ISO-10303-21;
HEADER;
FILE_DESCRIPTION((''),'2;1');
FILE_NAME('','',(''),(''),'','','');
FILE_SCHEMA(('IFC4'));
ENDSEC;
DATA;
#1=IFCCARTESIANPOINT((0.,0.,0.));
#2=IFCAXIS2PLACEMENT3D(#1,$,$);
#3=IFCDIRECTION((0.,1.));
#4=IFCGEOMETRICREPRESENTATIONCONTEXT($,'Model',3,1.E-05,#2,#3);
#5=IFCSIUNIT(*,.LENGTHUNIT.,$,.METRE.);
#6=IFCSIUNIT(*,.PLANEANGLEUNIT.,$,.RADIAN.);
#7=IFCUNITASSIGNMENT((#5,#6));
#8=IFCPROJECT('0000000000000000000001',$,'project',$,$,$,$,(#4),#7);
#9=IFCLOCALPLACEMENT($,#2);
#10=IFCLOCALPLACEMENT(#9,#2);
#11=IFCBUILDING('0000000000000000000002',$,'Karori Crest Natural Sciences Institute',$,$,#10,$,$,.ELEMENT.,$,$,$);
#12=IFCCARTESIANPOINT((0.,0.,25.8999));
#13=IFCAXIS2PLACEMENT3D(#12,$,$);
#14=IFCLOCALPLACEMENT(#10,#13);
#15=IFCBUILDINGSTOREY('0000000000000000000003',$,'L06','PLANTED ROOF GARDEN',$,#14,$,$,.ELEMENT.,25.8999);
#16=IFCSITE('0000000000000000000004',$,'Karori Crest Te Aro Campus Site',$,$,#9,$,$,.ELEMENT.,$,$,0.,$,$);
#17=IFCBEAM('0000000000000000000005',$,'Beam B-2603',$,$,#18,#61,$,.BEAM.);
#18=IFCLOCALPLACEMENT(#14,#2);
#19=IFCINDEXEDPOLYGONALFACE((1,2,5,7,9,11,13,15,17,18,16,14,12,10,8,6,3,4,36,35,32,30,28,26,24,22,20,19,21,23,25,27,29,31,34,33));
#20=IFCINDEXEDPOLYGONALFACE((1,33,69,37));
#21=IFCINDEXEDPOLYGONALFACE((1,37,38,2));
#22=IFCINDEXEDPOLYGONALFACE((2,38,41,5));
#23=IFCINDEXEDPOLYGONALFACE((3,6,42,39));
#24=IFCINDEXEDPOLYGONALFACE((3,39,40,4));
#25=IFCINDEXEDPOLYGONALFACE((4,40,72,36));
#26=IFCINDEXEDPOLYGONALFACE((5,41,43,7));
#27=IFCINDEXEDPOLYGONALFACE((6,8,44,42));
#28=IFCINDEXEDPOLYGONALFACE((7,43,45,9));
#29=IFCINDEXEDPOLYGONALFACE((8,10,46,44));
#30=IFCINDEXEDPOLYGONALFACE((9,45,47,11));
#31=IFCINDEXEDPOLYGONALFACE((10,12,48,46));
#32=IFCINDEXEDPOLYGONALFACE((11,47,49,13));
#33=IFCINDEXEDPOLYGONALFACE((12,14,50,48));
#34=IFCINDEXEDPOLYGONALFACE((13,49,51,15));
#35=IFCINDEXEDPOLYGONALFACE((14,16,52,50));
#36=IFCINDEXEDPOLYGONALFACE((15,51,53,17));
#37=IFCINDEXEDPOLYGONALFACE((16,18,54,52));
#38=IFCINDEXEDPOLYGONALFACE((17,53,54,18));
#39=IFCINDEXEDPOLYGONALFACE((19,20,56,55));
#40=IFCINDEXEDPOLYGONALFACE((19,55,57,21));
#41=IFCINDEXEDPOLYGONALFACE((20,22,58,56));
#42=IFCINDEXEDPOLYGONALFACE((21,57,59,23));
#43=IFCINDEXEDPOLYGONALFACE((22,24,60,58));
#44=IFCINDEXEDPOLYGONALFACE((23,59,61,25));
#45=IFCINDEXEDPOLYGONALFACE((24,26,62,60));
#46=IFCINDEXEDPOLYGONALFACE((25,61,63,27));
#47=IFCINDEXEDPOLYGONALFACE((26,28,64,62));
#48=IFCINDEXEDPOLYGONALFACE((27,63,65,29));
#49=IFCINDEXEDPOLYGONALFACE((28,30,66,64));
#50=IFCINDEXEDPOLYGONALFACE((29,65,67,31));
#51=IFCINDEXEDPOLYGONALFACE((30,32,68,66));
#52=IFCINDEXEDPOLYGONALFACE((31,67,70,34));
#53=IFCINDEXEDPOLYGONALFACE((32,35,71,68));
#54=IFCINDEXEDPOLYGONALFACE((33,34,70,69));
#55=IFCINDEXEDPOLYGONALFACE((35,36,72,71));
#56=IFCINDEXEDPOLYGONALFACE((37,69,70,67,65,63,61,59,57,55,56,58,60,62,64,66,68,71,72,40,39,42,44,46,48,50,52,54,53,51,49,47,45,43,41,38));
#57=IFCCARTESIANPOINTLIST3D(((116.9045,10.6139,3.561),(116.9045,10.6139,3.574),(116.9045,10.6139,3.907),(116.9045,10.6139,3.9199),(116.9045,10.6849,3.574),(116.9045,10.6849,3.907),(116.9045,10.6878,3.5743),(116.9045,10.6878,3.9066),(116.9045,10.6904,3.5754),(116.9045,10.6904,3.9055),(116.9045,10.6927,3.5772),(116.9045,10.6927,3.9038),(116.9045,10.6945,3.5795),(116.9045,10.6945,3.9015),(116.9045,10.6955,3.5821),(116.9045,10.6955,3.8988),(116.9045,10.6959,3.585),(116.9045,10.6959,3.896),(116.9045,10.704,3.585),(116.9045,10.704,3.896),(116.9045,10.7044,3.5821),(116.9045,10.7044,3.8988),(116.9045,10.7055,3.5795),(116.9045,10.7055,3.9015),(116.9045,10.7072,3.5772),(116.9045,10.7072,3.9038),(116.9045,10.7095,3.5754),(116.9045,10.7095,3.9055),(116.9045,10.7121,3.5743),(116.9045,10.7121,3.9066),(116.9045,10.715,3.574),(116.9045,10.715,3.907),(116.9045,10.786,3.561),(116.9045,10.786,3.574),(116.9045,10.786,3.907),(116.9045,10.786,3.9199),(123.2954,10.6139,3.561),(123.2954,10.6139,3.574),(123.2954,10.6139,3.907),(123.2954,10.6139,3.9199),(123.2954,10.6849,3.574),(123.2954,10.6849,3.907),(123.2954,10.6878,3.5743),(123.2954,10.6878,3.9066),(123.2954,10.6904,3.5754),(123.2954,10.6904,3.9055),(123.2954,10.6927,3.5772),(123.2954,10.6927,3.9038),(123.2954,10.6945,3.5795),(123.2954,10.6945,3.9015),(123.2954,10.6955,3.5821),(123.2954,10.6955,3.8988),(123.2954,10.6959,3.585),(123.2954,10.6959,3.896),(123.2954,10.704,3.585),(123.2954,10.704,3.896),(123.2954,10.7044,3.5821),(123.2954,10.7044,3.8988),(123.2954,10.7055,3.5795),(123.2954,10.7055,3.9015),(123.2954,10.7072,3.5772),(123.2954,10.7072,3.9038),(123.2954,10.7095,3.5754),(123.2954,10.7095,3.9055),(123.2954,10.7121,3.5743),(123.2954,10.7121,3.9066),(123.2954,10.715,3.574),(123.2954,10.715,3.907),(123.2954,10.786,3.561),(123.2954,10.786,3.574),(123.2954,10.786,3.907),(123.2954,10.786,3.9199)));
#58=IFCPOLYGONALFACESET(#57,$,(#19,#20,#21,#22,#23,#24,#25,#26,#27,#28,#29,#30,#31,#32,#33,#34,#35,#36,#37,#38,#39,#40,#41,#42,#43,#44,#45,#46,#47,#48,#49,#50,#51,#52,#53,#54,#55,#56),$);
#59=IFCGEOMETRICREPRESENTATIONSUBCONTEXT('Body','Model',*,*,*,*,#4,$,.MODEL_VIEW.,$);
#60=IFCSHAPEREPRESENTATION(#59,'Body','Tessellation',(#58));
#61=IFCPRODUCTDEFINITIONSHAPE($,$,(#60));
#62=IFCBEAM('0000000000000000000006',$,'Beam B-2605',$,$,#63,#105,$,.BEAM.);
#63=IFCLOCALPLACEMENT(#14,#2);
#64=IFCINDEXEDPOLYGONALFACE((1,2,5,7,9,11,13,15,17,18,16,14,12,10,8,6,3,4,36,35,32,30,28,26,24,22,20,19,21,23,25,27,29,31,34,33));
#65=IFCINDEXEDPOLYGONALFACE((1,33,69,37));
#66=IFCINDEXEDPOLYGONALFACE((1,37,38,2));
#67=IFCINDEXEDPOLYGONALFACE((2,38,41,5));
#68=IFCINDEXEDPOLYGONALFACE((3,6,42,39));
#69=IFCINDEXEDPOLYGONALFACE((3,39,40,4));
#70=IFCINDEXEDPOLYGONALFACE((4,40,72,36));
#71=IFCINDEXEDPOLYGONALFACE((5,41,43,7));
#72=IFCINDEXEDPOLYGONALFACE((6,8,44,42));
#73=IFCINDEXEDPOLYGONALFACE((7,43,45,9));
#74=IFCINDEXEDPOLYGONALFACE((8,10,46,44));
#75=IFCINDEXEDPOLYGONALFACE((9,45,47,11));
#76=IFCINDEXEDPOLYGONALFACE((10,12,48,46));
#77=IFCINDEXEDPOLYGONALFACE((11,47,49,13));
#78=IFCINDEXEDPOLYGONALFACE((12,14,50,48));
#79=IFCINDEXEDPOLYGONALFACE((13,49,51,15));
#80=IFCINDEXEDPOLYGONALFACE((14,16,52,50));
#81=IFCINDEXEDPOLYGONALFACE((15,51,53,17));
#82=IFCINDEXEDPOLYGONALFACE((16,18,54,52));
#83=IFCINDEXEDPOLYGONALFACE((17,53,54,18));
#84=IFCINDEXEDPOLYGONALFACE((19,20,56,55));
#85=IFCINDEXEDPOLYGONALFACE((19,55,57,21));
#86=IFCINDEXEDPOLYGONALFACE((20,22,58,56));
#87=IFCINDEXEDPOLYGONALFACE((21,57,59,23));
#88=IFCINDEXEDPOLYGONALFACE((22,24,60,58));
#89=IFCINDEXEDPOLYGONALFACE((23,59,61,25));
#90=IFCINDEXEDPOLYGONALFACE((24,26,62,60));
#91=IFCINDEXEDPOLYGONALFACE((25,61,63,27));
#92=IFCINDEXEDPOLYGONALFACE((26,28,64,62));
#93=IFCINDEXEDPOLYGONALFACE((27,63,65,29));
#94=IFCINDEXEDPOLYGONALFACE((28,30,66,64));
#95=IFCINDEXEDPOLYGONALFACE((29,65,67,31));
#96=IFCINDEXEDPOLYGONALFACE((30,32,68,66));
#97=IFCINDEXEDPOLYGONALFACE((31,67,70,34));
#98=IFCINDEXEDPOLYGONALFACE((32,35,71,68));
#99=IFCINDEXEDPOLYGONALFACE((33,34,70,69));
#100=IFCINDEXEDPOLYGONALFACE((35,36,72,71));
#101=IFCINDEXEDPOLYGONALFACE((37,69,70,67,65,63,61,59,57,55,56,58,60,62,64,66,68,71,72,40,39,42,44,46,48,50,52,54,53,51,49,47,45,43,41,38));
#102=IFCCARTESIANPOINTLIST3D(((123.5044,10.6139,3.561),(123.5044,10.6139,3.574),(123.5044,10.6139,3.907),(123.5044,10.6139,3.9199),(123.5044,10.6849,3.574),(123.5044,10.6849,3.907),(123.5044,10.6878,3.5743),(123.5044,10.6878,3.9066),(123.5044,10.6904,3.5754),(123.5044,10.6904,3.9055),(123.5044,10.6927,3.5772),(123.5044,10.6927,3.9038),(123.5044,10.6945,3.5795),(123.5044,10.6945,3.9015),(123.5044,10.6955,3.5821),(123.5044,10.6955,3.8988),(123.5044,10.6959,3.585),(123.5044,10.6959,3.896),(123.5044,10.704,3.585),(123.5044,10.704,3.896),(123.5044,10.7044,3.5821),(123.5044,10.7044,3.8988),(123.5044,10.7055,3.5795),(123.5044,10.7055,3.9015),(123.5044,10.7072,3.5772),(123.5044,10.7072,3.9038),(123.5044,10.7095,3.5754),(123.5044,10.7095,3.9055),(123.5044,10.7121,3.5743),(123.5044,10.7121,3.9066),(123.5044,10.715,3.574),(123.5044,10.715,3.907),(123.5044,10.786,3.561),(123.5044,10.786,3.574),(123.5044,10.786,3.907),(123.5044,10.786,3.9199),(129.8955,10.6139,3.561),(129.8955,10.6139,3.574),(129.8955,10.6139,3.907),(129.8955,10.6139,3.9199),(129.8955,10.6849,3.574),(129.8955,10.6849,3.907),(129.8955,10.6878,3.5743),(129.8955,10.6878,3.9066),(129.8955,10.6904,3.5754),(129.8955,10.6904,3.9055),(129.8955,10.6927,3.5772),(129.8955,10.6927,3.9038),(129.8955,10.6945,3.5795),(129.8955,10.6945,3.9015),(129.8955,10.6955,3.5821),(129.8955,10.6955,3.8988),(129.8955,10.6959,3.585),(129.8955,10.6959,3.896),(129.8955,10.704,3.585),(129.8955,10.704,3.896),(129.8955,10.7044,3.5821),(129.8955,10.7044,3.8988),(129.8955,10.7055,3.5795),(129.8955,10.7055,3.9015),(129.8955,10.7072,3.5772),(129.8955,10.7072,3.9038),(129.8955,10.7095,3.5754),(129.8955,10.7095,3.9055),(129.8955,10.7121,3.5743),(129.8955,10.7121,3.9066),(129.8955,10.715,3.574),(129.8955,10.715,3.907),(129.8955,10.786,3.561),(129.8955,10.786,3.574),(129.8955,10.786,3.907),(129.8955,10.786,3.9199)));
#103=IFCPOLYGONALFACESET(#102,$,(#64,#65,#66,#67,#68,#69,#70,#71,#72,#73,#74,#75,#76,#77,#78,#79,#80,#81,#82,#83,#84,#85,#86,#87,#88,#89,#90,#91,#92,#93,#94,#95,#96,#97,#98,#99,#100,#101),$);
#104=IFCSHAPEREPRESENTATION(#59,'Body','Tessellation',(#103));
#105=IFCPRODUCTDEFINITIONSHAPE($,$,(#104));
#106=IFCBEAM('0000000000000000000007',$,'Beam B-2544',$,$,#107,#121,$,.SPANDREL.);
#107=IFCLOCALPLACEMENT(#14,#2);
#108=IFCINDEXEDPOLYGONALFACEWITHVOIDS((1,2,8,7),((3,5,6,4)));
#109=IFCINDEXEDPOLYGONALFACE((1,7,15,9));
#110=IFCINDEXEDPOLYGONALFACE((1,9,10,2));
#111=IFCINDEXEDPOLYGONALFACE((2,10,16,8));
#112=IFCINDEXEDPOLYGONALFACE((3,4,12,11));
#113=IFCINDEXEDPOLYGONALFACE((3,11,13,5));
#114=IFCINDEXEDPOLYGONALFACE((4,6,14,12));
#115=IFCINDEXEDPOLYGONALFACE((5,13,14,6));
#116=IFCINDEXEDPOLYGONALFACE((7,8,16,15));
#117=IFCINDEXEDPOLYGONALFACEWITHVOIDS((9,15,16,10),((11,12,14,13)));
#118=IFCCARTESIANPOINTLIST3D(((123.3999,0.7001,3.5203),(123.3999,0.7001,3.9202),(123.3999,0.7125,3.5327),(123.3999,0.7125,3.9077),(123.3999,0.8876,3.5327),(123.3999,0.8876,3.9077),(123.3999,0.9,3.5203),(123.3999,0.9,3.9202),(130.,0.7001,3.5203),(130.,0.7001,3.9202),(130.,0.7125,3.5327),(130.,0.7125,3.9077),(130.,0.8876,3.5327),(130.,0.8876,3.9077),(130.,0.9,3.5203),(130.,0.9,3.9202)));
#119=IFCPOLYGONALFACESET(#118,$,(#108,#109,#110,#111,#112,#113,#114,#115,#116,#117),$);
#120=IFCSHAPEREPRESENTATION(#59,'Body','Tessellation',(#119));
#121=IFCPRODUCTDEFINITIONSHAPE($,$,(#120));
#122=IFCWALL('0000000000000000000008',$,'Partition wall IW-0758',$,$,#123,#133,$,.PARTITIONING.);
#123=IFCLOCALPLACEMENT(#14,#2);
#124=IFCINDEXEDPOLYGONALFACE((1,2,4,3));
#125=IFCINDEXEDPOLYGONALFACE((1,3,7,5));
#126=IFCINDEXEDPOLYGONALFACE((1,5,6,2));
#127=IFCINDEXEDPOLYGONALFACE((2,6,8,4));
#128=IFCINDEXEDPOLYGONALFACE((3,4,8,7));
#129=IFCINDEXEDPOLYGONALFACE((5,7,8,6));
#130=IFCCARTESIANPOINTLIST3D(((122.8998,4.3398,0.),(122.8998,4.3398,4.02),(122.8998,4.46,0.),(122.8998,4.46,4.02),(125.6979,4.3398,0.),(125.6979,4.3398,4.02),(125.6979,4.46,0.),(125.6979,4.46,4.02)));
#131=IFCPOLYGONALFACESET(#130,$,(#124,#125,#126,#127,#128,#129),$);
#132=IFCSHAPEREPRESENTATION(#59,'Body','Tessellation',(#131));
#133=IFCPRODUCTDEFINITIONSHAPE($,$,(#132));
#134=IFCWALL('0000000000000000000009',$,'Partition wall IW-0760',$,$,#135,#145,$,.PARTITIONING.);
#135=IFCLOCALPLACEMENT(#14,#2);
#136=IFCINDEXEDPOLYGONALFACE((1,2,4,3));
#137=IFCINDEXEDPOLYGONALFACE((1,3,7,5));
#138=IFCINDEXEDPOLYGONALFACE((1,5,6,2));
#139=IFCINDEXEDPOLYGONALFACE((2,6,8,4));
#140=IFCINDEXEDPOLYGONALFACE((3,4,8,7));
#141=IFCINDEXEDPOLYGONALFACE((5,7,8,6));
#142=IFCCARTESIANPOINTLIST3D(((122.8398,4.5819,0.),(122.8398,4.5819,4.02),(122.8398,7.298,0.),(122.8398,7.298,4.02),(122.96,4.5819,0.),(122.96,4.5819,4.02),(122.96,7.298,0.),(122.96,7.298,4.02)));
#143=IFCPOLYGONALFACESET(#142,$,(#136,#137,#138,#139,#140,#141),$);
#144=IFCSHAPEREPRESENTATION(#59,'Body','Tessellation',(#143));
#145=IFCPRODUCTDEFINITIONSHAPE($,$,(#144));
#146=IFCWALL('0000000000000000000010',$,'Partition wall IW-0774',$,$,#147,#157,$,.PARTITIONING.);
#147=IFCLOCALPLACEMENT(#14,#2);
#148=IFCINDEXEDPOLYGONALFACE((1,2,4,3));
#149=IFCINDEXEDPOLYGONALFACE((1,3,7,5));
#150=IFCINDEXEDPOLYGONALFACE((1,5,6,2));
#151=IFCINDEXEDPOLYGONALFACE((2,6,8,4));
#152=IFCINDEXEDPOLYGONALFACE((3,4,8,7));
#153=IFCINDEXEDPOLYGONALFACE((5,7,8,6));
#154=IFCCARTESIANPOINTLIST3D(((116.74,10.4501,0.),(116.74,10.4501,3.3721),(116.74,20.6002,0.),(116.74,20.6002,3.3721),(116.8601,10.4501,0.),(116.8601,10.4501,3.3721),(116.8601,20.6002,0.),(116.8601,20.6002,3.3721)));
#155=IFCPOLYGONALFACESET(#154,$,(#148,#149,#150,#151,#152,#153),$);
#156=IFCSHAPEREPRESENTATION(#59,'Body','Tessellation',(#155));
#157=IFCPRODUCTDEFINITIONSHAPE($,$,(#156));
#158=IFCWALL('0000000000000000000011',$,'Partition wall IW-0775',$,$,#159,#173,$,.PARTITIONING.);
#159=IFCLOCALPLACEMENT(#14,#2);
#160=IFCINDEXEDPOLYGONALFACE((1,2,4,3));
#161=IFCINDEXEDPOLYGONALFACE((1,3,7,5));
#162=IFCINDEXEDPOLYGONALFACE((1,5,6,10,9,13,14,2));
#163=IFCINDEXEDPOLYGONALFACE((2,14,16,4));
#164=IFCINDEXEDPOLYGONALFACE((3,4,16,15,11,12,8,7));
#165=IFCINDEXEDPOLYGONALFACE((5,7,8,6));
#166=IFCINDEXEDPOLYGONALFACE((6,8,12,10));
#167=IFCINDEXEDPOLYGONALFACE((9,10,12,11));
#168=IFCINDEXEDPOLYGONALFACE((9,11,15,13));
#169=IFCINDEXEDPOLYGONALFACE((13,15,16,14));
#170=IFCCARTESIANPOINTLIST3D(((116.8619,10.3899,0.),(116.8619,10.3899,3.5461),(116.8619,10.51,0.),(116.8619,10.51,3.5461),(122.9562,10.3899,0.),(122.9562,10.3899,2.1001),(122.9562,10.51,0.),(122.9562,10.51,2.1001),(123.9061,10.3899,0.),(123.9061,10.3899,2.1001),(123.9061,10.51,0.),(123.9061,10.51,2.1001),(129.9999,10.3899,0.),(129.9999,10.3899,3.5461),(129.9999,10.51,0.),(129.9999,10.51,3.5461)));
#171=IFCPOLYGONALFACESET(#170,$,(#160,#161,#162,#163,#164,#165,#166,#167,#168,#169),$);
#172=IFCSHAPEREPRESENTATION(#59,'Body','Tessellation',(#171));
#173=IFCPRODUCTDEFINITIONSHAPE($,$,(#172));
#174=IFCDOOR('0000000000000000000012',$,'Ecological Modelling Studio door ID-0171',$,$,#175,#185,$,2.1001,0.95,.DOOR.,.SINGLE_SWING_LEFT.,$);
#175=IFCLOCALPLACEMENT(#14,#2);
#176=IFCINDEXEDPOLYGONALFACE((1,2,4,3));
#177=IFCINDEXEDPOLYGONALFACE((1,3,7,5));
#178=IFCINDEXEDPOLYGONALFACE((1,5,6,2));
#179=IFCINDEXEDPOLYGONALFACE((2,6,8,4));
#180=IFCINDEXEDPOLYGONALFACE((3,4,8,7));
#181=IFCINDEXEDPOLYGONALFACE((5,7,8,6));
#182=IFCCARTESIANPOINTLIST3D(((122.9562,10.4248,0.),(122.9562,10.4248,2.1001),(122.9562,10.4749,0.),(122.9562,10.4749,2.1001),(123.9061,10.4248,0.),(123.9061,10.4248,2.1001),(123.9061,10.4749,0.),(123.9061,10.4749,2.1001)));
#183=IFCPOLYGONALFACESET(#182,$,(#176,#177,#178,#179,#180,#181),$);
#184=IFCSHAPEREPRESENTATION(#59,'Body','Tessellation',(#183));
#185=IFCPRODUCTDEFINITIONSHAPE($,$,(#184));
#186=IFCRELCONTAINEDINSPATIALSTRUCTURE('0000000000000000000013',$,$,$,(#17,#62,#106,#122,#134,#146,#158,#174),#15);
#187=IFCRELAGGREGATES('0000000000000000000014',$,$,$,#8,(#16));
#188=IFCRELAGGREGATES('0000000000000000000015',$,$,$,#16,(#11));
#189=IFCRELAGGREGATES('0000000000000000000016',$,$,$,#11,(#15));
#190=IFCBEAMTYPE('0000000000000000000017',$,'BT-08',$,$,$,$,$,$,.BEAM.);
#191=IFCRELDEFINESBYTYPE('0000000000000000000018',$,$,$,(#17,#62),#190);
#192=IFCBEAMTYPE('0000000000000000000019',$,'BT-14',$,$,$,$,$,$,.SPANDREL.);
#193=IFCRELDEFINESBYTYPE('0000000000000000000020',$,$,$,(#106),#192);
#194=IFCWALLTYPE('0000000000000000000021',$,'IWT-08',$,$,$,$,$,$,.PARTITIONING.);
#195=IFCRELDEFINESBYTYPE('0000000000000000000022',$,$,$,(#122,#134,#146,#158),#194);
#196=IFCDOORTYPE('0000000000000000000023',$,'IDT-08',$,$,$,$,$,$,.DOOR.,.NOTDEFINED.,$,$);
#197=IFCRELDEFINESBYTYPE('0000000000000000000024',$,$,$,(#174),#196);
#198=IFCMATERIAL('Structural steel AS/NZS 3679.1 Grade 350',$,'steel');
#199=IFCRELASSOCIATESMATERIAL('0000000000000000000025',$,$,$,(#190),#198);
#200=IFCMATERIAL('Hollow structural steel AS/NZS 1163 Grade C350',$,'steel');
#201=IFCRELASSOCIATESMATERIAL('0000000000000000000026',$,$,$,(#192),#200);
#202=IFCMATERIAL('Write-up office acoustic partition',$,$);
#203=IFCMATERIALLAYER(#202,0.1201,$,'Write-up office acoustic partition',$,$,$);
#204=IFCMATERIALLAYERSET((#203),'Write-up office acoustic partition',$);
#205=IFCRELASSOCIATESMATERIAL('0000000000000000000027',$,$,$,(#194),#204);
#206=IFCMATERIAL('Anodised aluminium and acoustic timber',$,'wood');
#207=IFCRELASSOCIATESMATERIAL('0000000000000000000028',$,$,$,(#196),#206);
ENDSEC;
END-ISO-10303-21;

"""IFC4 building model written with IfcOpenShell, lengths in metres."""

from ifc_helpers import new_model, si_unit, direction, frame, frame_2d, origin, origin_2d, place, context, subcontext, project, spatial, rectangle, hollow_rectangle, i_section, extrude, material, layer, layer_set, material_profile, profile_set, type_object, element, fill, save


model = new_model("IFC4")

# Units and contexts
model_context = context("Model", 3, precision=1e-05, world=origin(), true_north=direction((0.0, 1.0)))
body_context = subcontext(model_context, "Body", "Model", "MODEL_VIEW")
ifc_project = project(units=[si_unit("LENGTHUNIT", "METRE"), si_unit("PLANEANGLEUNIT", "RADIAN")], contexts=[model_context])

# Site, building, storey
site_placement = place(None, origin())
site = spatial("IfcSite", under=ifc_project, at=site_placement, Name="Karori Crest Te Aro Campus Site", CompositionType="ELEMENT", RefElevation=0.0)
building_placement = place(site_placement, origin())
building = spatial("IfcBuilding", under=site, at=building_placement, Name="Karori Crest Natural Sciences Institute", CompositionType="ELEMENT")
storey_placement = place(building_placement, frame((0.0, 0.0, 25.8999)))
storey = spatial("IfcBuildingStorey", under=building, at=storey_placement, Name="L06", Description="PLANTED ROOF GARDEN", CompositionType="ELEMENT", Elevation=25.8999)

# Shared definitions
ifc_material_1 = material(Name="Structural steel AS/NZS 3679.1 Grade 350", Category="steel")

# Beams
ifc_material_profile_1 = material_profile(ifc_material_1, i_section(OverallWidth=0.1721, OverallDepth=0.3589, WebThickness=0.0081, FlangeThickness=0.0129, FilletRadius=0.011, at=origin_2d()), Name="360UB56.7")
ifc_profile_set_1 = profile_set([ifc_material_profile_1], Name="Structural steel AS/NZS 3679.1 Grade 350")
beam_type_1 = type_object("IfcBeamType", Name="BT-08", PredefinedType="BEAM", material=ifc_profile_set_1)
for number, where, z_axis, x_axis, name in (
    (1, (116.9045, 10.7, 3.7405), (1.0, 0.0, 0.0), (0.0, 1.0, 0.0), "Beam B-2603"),
):
    element("IfcBeam", number, at=place(storey_placement, frame(where, z_axis=z_axis, x_axis=x_axis)), inside=storey, type_object=beam_type_1, Name=name, PredefinedType="BEAM", context=body_context, shape_type="SweptSolid", body=[
        extrude(i_section(OverallWidth=0.1721, OverallDepth=0.3589, WebThickness=0.0081, FlangeThickness=0.0129, FilletRadius=0.011, at=origin_2d()), origin(), (0.0, 0.0, 1.0), 6.3909),
    ])
beam_1_placement = place(storey_placement, frame((123.5044, 10.7, 3.7405), z_axis=(1.0, 0.0, 0.0), x_axis=(0.0, 1.0, 0.0)))
element("IfcBeam", 2, at=beam_1_placement, inside=storey, type_object=beam_type_1, Name="Beam B-2605", PredefinedType="BEAM", context=body_context, shape_type="SweptSolid", body=[
    extrude(i_section(OverallWidth=0.1721, OverallDepth=0.3589, WebThickness=0.0081, FlangeThickness=0.0129, FilletRadius=0.011, at=origin_2d()), origin(), (0.0, 0.0, 1.0), 6.3911),
])
ifc_material_2 = material(Name="Hollow structural steel AS/NZS 1163 Grade C350", Category="steel")
ifc_material_profile_2 = material_profile(ifc_material_2, hollow_rectangle(XDim=0.2, YDim=0.3999, WallThickness=0.0125, at=origin_2d()), Name="RHS400x200x12.5")
ifc_profile_set_2 = profile_set([ifc_material_profile_2], Name="Hollow structural steel AS/NZS 1163 Grade C350")
beam_type_2 = type_object("IfcBeamType", Name="BT-14", PredefinedType="SPANDREL", material=ifc_profile_set_2)
beam_2_placement = place(storey_placement, frame((123.3999, 0.8, 3.7202), z_axis=(1.0, 0.0, 0.0), x_axis=(0.0, 1.0, 0.0)))
element("IfcBeam", 3, at=beam_2_placement, inside=storey, type_object=beam_type_2, Name="Beam B-2544", PredefinedType="SPANDREL", context=body_context, shape_type="SweptSolid", body=[
    extrude(hollow_rectangle(XDim=0.2, YDim=0.3999, WallThickness=0.0125, at=origin_2d()), origin(), (0.0, 0.0, 1.0), 6.6001),
])

# Wall
ifc_material_3 = material(Name="Write-up office acoustic partition")
ifc_layer_1 = layer(ifc_material_3, 0.1201, Name="Write-up office acoustic partition")
ifc_layer_set_1 = layer_set([ifc_layer_1], Name="Write-up office acoustic partition")
wall_type_1 = type_object("IfcWallType", Name="IWT-08", PredefinedType="PARTITIONING", material=ifc_layer_set_1)
wall_1_placement = place(storey_placement, frame((122.8999, 4.3999, 0.0), z_axis=(0.0, 0.0, 1.0), x_axis=(1.0, 0.0, 0.0)))
element("IfcWall", 4, at=wall_1_placement, inside=storey, type_object=wall_type_1, Name="Partition wall IW-0758", PredefinedType="PARTITIONING", context=body_context, shape_type="SweptSolid", body=[
    extrude(rectangle(XDim=2.7981, YDim=0.1201, at=frame_2d((1.3989, 0.0))), origin(), (0.0, 0.0, 1.0), 4.02),
])

# Shared definitions
ifc_material_4 = material(Name="Anodised aluminium and acoustic timber", Category="wood")

# Walls
wall_2_placement = place(storey_placement, frame((122.8999, 4.582, 0.0), z_axis=(0.0, 0.0, 1.0), x_axis=(0.0, 1.0, 0.0)))
element("IfcWall", 5, at=wall_2_placement, inside=storey, type_object=wall_type_1, Name="Partition wall IW-0760", PredefinedType="PARTITIONING", context=body_context, shape_type="SweptSolid", body=[
    extrude(rectangle(XDim=2.7161, YDim=0.1201, at=frame_2d((1.3579, 0.0))), origin(), (0.0, 0.0, 1.0), 4.02),
])
wall_3_placement = place(storey_placement, frame((116.8, 10.45, 0.0), z_axis=(0.0, 0.0, 1.0), x_axis=(0.0, 1.0, 0.0)))
element("IfcWall", 6, at=wall_3_placement, inside=storey, type_object=wall_type_1, Name="Partition wall IW-0774", PredefinedType="PARTITIONING", context=body_context, shape_type="SweptSolid", body=[
    extrude(rectangle(XDim=10.1501, YDim=0.1201, at=frame_2d((5.0752, 0.0))), origin(), (0.0, 0.0, 1.0), 3.3721),
])

# Wall, opening, door
wall_4_placement = place(storey_placement, frame((116.8621, 10.45, 0.0), z_axis=(0.0, 0.0, 1.0), x_axis=(1.0, 0.0, 0.0)))
wall_4 = element("IfcWall", 7, at=wall_4_placement, inside=storey, type_object=wall_type_1, Name="Partition wall IW-0775", PredefinedType="PARTITIONING", context=body_context, shape_type="SweptSolid", body=[
    extrude(rectangle(XDim=13.1379, YDim=0.1201, at=frame_2d((6.5688, 0.0))), origin(), (0.0, 0.0, 1.0), 3.5461),
])
opening_1_placement = place(wall_4_placement, frame((6.094, 0.0, 0.0)))
opening_1 = element("IfcOpeningElement", 8, at=opening_1_placement, cuts=wall_4, PredefinedType="OPENING", context=body_context, shape_type="SweptSolid", body=[
    extrude(rectangle(XDim=0.95, YDim=2.1001, at=frame_2d((0.4751, 1.05))), frame((0.0, 0.0701, 0.0), z_axis=(0.0, -1.0, 0.0), x_axis=(1.0, 0.0, 0.0)), (0.0, 0.0, 1.0), 0.1401),
])
door_type_1 = type_object("IfcDoorType", Name="IDT-08", OperationType="NOTDEFINED", PredefinedType="DOOR", material=ifc_material_4)
door_1_placement = place(opening_1_placement, origin())
door_1 = element("IfcDoor", 9, at=door_1_placement, inside=storey, type_object=door_type_1, Name="Ecological Modelling Studio door ID-0171", OperationType="SINGLE_SWING_LEFT", OverallHeight=2.1001, OverallWidth=0.95, PredefinedType="DOOR", context=body_context, shape_type="SweptSolid", body=[
    extrude(rectangle(XDim=0.95, YDim=2.1001, at=frame_2d((0.4751, 1.05))), frame((0.0, 0.0249, 0.0), z_axis=(0.0, -1.0, 0.0), x_axis=(1.0, 0.0, 0.0)), (0.0, 0.0, 1.0), 0.05),
])
fill(opening_1, door_1)

save(model, "model.ifc")
